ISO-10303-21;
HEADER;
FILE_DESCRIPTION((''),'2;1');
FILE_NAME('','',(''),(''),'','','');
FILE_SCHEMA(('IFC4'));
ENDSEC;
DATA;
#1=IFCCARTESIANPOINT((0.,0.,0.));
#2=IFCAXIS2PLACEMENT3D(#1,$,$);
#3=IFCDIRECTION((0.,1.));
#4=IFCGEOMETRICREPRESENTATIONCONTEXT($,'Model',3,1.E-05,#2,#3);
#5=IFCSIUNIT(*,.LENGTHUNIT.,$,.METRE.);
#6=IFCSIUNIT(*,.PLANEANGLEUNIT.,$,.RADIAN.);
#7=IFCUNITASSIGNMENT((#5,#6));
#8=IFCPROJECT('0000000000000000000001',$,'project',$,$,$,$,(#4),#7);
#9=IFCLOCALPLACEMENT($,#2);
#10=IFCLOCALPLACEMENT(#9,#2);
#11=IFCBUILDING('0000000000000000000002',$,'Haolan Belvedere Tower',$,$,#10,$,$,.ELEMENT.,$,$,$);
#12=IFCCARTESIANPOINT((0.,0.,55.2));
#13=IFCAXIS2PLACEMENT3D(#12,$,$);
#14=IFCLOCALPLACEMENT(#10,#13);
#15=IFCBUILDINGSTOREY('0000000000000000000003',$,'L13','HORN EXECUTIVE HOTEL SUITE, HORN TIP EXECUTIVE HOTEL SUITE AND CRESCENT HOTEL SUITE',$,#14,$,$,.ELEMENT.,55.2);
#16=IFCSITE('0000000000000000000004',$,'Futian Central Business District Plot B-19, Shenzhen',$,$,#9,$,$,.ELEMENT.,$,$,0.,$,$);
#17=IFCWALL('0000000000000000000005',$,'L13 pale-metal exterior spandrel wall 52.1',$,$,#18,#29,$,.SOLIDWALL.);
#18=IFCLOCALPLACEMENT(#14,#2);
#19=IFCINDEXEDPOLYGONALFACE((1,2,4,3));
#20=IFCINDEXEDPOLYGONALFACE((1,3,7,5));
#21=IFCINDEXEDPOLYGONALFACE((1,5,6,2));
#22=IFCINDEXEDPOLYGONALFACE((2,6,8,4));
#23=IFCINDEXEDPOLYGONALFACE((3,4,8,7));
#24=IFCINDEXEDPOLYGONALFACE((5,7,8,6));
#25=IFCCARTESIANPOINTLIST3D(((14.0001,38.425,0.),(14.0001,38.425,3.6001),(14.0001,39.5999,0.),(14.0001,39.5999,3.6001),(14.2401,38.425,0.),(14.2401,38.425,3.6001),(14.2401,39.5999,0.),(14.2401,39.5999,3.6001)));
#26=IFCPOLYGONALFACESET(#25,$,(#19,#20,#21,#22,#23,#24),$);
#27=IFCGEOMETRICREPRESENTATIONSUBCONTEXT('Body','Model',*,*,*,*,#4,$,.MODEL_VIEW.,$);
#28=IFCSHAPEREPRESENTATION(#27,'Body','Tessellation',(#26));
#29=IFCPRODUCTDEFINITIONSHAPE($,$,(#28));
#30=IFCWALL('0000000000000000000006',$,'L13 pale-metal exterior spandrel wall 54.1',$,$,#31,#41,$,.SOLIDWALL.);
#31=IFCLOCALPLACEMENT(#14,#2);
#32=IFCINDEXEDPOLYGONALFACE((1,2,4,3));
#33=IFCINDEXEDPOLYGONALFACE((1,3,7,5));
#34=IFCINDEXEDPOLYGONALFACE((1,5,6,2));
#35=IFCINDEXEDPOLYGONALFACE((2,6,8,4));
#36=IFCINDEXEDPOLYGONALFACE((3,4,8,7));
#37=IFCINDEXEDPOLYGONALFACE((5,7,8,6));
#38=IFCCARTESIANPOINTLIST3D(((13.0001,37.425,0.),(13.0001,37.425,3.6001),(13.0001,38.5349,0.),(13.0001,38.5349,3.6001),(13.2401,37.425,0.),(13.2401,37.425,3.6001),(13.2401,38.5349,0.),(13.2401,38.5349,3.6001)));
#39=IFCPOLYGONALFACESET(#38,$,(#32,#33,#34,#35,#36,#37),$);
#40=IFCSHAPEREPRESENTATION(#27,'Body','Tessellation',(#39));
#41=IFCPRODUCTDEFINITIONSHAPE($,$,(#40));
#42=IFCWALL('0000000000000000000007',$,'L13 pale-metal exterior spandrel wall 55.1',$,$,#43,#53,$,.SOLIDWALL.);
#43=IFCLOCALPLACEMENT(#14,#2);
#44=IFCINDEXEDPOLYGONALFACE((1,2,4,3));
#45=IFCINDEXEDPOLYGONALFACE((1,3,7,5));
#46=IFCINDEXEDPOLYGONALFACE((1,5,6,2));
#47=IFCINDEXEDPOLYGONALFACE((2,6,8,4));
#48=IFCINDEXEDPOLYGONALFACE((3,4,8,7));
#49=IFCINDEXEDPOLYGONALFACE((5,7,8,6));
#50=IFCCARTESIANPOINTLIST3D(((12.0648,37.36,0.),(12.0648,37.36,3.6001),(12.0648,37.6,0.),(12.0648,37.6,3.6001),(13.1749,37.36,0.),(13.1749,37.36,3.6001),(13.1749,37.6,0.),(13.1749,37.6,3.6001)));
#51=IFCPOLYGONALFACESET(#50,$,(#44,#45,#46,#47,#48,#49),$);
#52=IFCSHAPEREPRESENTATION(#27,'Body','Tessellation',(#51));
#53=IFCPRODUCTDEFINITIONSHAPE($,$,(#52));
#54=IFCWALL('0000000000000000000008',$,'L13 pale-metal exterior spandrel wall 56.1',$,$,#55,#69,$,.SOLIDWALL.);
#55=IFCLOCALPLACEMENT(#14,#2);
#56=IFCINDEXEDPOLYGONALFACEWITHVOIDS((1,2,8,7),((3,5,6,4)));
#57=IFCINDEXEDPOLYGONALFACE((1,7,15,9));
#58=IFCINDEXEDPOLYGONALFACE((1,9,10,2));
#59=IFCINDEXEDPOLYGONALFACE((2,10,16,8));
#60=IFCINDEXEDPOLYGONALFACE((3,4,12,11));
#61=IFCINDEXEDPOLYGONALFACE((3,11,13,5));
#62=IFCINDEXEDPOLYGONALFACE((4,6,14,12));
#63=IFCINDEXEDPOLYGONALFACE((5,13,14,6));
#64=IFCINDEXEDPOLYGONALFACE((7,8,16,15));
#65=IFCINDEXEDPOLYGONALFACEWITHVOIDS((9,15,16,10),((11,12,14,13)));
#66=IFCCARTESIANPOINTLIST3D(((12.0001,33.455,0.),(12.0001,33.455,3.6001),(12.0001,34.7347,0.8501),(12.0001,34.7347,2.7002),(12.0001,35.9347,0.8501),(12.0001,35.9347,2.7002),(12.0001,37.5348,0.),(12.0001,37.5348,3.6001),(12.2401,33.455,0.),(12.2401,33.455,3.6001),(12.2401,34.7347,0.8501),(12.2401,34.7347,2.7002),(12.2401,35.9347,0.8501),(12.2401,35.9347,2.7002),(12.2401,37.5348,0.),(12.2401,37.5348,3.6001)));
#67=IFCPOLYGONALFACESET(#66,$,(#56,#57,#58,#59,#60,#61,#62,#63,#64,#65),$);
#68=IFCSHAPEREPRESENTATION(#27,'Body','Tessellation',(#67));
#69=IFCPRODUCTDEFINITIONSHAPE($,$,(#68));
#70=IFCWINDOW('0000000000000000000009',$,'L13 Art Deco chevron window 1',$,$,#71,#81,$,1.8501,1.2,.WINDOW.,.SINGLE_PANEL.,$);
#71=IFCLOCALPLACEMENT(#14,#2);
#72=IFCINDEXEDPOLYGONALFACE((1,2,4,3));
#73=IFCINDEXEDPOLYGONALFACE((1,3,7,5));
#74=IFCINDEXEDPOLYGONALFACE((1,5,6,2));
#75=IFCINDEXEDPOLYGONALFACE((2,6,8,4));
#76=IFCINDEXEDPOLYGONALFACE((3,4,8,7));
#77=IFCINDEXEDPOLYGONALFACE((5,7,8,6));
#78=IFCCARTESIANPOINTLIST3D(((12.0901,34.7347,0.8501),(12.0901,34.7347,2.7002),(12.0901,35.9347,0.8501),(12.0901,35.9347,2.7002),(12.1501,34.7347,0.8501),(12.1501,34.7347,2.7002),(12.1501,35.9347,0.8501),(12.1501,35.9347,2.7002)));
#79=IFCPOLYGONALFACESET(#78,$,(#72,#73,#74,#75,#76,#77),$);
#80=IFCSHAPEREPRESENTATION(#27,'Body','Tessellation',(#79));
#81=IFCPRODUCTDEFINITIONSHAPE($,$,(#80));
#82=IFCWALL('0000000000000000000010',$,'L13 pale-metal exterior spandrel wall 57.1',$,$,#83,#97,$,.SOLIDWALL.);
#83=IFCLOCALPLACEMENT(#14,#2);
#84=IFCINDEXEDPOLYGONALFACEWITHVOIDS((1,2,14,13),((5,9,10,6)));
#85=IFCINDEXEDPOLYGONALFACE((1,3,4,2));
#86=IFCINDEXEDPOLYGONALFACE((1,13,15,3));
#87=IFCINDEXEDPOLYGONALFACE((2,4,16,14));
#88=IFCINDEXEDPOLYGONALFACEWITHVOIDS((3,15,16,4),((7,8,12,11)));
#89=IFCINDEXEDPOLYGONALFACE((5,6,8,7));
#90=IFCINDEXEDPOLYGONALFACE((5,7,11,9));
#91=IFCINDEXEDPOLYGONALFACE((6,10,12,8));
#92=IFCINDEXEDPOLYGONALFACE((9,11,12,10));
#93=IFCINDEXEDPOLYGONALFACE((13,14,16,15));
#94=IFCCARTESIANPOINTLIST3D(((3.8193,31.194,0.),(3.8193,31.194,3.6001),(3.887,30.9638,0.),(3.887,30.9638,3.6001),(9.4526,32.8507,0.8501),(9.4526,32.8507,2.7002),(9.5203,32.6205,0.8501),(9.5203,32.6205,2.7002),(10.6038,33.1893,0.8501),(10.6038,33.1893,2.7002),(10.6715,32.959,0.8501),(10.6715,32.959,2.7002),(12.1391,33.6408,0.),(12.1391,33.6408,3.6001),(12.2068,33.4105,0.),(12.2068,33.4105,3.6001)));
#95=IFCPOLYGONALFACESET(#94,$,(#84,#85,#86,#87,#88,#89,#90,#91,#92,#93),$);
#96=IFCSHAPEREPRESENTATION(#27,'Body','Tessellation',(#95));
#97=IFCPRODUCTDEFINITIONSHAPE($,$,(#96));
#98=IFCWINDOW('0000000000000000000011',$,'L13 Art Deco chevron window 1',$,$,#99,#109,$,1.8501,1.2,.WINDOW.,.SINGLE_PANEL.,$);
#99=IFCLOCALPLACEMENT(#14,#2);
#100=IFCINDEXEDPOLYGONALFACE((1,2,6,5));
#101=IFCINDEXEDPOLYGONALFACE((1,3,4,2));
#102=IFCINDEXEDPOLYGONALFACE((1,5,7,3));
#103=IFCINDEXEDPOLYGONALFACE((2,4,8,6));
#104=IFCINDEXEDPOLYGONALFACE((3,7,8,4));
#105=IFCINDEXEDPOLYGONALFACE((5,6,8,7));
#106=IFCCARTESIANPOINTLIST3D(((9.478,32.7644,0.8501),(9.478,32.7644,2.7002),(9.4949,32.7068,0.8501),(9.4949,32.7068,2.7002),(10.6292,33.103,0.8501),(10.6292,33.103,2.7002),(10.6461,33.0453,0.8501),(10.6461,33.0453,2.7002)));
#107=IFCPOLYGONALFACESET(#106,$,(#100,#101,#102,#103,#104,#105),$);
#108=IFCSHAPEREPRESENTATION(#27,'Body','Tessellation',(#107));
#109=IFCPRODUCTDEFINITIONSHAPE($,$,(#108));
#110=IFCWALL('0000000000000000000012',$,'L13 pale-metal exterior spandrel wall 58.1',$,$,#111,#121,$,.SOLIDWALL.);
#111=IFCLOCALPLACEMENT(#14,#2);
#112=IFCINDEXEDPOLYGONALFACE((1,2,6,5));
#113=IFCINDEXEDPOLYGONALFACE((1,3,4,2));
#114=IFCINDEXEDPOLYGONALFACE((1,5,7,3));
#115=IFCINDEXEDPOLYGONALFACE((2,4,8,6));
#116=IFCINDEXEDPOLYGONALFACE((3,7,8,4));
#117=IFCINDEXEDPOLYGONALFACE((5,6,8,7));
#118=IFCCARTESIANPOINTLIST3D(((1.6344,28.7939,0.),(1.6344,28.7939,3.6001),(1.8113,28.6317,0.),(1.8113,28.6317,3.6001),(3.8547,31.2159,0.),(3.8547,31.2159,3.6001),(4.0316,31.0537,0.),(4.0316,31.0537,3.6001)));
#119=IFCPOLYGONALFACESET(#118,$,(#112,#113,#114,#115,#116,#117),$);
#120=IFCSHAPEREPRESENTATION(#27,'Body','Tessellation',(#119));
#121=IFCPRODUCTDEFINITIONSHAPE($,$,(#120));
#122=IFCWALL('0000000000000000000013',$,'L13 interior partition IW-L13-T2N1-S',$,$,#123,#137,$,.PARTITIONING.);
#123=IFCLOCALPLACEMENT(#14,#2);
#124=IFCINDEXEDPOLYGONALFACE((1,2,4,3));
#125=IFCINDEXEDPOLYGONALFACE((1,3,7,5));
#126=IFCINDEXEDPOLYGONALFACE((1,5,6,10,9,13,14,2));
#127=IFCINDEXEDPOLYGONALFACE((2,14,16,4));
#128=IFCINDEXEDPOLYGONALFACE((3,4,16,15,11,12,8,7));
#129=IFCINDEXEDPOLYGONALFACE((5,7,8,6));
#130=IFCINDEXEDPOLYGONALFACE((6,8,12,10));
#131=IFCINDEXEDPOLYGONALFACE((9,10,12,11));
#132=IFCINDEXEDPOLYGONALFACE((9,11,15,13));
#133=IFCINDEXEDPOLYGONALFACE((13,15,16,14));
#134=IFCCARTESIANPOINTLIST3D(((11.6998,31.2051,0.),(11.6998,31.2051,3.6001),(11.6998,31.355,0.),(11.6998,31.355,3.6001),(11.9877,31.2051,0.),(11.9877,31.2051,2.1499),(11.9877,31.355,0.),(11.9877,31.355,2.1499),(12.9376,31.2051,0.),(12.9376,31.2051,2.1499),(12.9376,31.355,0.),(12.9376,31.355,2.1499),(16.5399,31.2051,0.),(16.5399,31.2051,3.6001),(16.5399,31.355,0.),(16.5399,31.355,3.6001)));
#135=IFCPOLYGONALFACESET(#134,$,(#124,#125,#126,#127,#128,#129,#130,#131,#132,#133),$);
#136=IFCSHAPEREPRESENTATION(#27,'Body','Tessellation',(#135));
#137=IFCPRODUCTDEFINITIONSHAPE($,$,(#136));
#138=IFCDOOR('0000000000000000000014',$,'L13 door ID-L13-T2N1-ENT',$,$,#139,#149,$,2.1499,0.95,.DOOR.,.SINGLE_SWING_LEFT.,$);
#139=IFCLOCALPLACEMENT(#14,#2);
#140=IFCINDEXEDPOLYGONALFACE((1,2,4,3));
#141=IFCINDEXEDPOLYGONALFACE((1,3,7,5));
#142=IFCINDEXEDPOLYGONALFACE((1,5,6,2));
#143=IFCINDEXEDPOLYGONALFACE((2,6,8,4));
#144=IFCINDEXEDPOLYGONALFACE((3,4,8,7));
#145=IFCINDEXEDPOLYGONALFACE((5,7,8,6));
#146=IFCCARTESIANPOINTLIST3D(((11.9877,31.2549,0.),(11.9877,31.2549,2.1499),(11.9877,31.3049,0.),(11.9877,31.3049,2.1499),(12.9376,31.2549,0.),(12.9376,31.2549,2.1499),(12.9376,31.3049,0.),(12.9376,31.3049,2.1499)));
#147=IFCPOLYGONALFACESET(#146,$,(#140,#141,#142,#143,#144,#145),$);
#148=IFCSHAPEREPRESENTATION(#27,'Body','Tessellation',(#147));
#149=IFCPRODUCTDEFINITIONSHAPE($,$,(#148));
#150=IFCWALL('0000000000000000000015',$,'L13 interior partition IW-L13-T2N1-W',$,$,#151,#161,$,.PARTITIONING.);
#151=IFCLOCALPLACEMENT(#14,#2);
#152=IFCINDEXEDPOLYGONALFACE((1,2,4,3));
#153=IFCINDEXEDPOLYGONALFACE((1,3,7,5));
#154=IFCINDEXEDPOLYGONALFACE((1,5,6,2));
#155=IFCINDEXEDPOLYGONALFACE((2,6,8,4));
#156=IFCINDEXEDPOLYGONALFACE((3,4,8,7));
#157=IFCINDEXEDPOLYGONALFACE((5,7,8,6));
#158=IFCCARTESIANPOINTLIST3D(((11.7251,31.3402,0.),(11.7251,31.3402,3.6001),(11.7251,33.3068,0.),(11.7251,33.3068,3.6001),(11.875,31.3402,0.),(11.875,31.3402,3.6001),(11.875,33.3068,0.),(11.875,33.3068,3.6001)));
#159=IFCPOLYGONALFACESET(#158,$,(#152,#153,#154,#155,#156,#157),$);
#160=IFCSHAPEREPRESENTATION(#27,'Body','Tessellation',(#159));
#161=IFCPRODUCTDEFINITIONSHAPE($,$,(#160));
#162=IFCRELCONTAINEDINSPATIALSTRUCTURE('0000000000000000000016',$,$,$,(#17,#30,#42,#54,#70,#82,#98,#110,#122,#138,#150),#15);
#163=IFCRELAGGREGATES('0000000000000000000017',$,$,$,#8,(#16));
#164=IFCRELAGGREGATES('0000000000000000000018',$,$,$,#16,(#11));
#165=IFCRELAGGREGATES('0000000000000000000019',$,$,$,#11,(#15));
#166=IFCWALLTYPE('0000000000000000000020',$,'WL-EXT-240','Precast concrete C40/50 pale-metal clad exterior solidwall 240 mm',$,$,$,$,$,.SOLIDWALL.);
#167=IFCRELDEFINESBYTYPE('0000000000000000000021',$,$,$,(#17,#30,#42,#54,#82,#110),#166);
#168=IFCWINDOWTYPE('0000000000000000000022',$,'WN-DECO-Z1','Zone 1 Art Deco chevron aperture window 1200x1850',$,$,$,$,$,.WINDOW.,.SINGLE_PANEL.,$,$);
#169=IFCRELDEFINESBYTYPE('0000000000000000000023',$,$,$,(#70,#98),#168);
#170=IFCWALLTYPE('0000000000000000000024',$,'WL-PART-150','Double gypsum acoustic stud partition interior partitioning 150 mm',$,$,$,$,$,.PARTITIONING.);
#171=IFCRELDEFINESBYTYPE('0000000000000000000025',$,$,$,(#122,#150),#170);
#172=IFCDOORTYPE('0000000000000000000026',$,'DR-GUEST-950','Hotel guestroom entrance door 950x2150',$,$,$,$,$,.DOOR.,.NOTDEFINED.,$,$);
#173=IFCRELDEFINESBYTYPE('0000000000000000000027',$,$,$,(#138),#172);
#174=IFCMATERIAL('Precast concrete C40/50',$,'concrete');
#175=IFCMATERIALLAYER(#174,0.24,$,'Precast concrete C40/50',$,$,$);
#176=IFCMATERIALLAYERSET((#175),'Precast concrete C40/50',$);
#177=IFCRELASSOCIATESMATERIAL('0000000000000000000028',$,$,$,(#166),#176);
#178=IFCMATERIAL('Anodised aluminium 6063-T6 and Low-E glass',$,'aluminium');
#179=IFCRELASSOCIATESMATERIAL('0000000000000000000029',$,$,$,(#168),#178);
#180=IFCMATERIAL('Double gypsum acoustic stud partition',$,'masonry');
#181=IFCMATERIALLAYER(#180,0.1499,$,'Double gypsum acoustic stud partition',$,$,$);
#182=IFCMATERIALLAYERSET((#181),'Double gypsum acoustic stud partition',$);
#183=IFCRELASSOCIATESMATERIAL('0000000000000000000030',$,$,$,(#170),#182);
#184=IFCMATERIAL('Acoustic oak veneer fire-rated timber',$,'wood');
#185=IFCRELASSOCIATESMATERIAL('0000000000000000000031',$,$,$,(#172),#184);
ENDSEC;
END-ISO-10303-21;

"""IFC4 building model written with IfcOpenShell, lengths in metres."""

from ifc_helpers import new_model, si_unit, direction, frame, frame_2d, origin, place, context, subcontext, project, spatial, rectangle, extrude, material, layer, layer_set, type_object, element, fill, save


model = new_model("IFC4")

# Units and contexts
model_context = context("Model", 3, precision=1e-05, world=origin(), true_north=direction((0.0, 1.0)))
body_context = subcontext(model_context, "Body", "Model", "MODEL_VIEW")
ifc_project = project(units=[si_unit("LENGTHUNIT", "METRE"), si_unit("PLANEANGLEUNIT", "RADIAN")], contexts=[model_context])

# Site, building, storey
site_placement = place(None, origin())
site = spatial("IfcSite", under=ifc_project, at=site_placement, Name="Futian Central Business District Plot B-19, Shenzhen", CompositionType="ELEMENT", RefElevation=0.0)
building_placement = place(site_placement, origin())
building = spatial("IfcBuilding", under=site, at=building_placement, Name="Haolan Belvedere Tower", CompositionType="ELEMENT")
storey_placement = place(building_placement, frame((0.0, 0.0, 55.2)))
storey = spatial("IfcBuildingStorey", under=building, at=storey_placement, Name="L13", Description="HORN EXECUTIVE HOTEL SUITE, HORN TIP EXECUTIVE HOTEL SUITE AND CRESCENT HOTEL SUITE", CompositionType="ELEMENT", Elevation=55.2)

# Walls
ifc_material_1 = material(Name="Precast concrete C40/50", Category="concrete")
ifc_layer_1 = layer(ifc_material_1, 0.24, Name="Precast concrete C40/50")
ifc_layer_set_1 = layer_set([ifc_layer_1], Name="Precast concrete C40/50")
wall_type_1 = type_object("IfcWallType", Name="WL-EXT-240", Description="Precast concrete C40/50 pale-metal clad exterior solidwall 240 mm", PredefinedType="SOLIDWALL", material=ifc_layer_set_1)
wall_1_placement = place(storey_placement, frame((14.1201, 39.5999, 0.0), z_axis=(0.0, 0.0, 1.0), x_axis=(0.0, -1.0, 0.0)))
element("IfcWall", 1, at=wall_1_placement, inside=storey, type_object=wall_type_1, Name="L13 pale-metal exterior spandrel wall 52.1", PredefinedType="SOLIDWALL", context=body_context, shape_type="SweptSolid", body=[
    extrude(rectangle(XDim=1.1748, YDim=0.24, at=frame_2d((0.5874, 0.0))), origin(), (0.0, 0.0, 1.0), 3.6001),
])
wall_2_placement = place(storey_placement, frame((13.1201, 38.5349, 0.0), z_axis=(0.0, 0.0, 1.0), x_axis=(0.0, -1.0, 0.0)))
element("IfcWall", 2, at=wall_2_placement, inside=storey, type_object=wall_type_1, Name="L13 pale-metal exterior spandrel wall 54.1", PredefinedType="SOLIDWALL", context=body_context, shape_type="SweptSolid", body=[
    extrude(rectangle(XDim=1.1099, YDim=0.24, at=frame_2d((0.5549, 0.0))), origin(), (0.0, 0.0, 1.0), 3.6001),
])
wall_3_placement = place(storey_placement, frame((13.175, 37.48, 0.0), z_axis=(0.0, 0.0, 1.0), x_axis=(-1.0, 0.0, 0.0)))
element("IfcWall", 3, at=wall_3_placement, inside=storey, type_object=wall_type_1, Name="L13 pale-metal exterior spandrel wall 55.1", PredefinedType="SOLIDWALL", context=body_context, shape_type="SweptSolid", body=[
    extrude(rectangle(XDim=1.1101, YDim=0.24, at=frame_2d((0.5552, 0.0))), origin(), (0.0, 0.0, 1.0), 3.6001),
])

# Walls, openings, windows
wall_4_placement = place(storey_placement, frame((12.1201, 37.5349, 0.0), z_axis=(0.0, 0.0, 1.0), x_axis=(0.0, -1.0, 0.0)))
wall_4 = element("IfcWall", 4, at=wall_4_placement, inside=storey, type_object=wall_type_1, Name="L13 pale-metal exterior spandrel wall 56.1", PredefinedType="SOLIDWALL", context=body_context, shape_type="SweptSolid", body=[
    extrude(rectangle(XDim=4.0798, YDim=0.24, at=frame_2d((2.04, 0.0))), origin(), (0.0, 0.0, 1.0), 3.6001),
])
opening_1_placement = place(wall_4_placement, frame((1.6001, 0.0, 0.8501)))
opening_1 = element("IfcOpeningElement", 5, at=opening_1_placement, cuts=wall_4, PredefinedType="OPENING", context=body_context, shape_type="SweptSolid", body=[
    extrude(rectangle(XDim=1.2, YDim=1.8501, at=frame_2d((0.6001, 0.925))), frame((0.0, 0.1299, 0.0), z_axis=(0.0, -1.0, 0.0), x_axis=(1.0, 0.0, 0.0)), (0.0, 0.0, 1.0), 0.26),
])
ifc_material_2 = material(Name="Anodised aluminium 6063-T6 and Low-E glass", Category="aluminium")
window_type = type_object("IfcWindowType", Name="WN-DECO-Z1", Description="Zone 1 Art Deco chevron aperture window 1200x1850", PartitioningType="SINGLE_PANEL", PredefinedType="WINDOW", material=ifc_material_2)
window_1_placement = place(opening_1_placement, origin())
window_1 = element("IfcWindow", 6, at=window_1_placement, inside=storey, type_object=window_type, Name="L13 Art Deco chevron window 1", OverallHeight=1.8501, OverallWidth=1.2, PartitioningType="SINGLE_PANEL", PredefinedType="WINDOW", context=body_context, shape_type="SweptSolid", body=[
    extrude(rectangle(XDim=1.2, YDim=1.8501, at=frame_2d((0.6001, 0.925))), frame((0.0, 0.03, 0.0), z_axis=(0.0, -1.0, 0.0), x_axis=(1.0, 0.0, 0.0)), (0.0, 0.0, 1.0), 0.0601),
])
fill(opening_1, window_1)
wall_5_placement = place(storey_placement, frame((12.1729, 33.5256, 0.0), z_axis=(0.0, 0.0, 1.0), x_axis=(-0.959373, -0.282142, 0.0)))
wall_5 = element("IfcWall", 7, at=wall_5_placement, inside=storey, type_object=wall_type_1, Name="L13 pale-metal exterior spandrel wall 57.1", PredefinedType="SOLIDWALL", context=body_context, shape_type="SweptSolid", body=[
    extrude(rectangle(XDim=8.6721, YDim=0.24, at=frame_2d((4.3359, 0.0))), origin(), (0.0, 0.0, 1.0), 3.6001),
])
opening_2_placement = place(wall_5_placement, frame((1.6001, 0.0, 0.8501)))
opening_2 = element("IfcOpeningElement", 8, at=opening_2_placement, cuts=wall_5, PredefinedType="OPENING", context=body_context, shape_type="SweptSolid", body=[
    extrude(rectangle(XDim=1.2, YDim=1.8501, at=frame_2d((0.6001, 0.925))), frame((0.0, 0.1299, 0.0), z_axis=(0.0, -1.0, 0.0), x_axis=(1.0, 0.0, 0.0)), (0.0, 0.0, 1.0), 0.26),
])
window_2_placement = place(opening_2_placement, origin())
window_2 = element("IfcWindow", 9, at=window_2_placement, inside=storey, type_object=window_type, Name="L13 Art Deco chevron window 1", OverallHeight=1.8501, OverallWidth=1.2, PartitioningType="SINGLE_PANEL", PredefinedType="WINDOW", context=body_context, shape_type="SweptSolid", body=[
    extrude(rectangle(XDim=1.2, YDim=1.8501, at=frame_2d((0.6001, 0.925))), frame((0.0, 0.03, 0.0), z_axis=(0.0, -1.0, 0.0), x_axis=(1.0, 0.0, 0.0)), (0.0, 0.0, 1.0), 0.0601),
])
fill(opening_2, window_2)

# Wall
wall_6_placement = place(storey_placement, frame((3.9431, 31.1348, 0.0), z_axis=(0.0, 0.0, 1.0), x_axis=(-0.675752, -0.737129, 0.0)))
element("IfcWall", 10, at=wall_6_placement, inside=storey, type_object=wall_type_1, Name="L13 pale-metal exterior spandrel wall 58.1", PredefinedType="SOLIDWALL", context=body_context, shape_type="SweptSolid", body=[
    extrude(rectangle(XDim=3.2856, YDim=0.24, at=frame_2d((1.6428, 0.0))), origin(), (0.0, 0.0, 1.0), 3.6001),
])

# Wall, opening, door
ifc_material_3 = material(Name="Double gypsum acoustic stud partition", Category="masonry")
ifc_layer_2 = layer(ifc_material_3, 0.1499, Name="Double gypsum acoustic stud partition")
ifc_layer_set_2 = layer_set([ifc_layer_2], Name="Double gypsum acoustic stud partition")
wall_type_2 = type_object("IfcWallType", Name="WL-PART-150", Description="Double gypsum acoustic stud partition interior partitioning 150 mm", PredefinedType="PARTITIONING", material=ifc_layer_set_2)
wall_7_placement = place(storey_placement, frame((11.7, 31.28, 0.0), z_axis=(0.0, 0.0, 1.0), x_axis=(1.0, 0.0, 0.0)))
wall_7 = element("IfcWall", 11, at=wall_7_placement, inside=storey, type_object=wall_type_2, Name="L13 interior partition IW-L13-T2N1-S", PredefinedType="PARTITIONING", context=body_context, shape_type="SweptSolid", body=[
    extrude(rectangle(XDim=4.8401, YDim=0.1499, at=frame_2d((2.4199, 0.0))), origin(), (0.0, 0.0, 1.0), 3.6001),
])
opening_3_placement = place(wall_7_placement, frame((0.2876, 0.0, 0.0)))
opening_3 = element("IfcOpeningElement", 12, at=opening_3_placement, cuts=wall_7, PredefinedType="OPENING", context=body_context, shape_type="SweptSolid", body=[
    extrude(rectangle(XDim=0.95, YDim=2.1499, at=frame_2d((0.4751, 1.075))), frame((0.0, 0.085, 0.0), z_axis=(0.0, -1.0, 0.0), x_axis=(1.0, 0.0, 0.0)), (0.0, 0.0, 1.0), 0.1699),
])
ifc_material_4 = material(Name="Acoustic oak veneer fire-rated timber", Category="wood")
door_type_1 = type_object("IfcDoorType", Name="DR-GUEST-950", Description="Hotel guestroom entrance door 950x2150", OperationType="NOTDEFINED", PredefinedType="DOOR", material=ifc_material_4)
door_1_placement = place(opening_3_placement, origin())
door_1 = element("IfcDoor", 13, at=door_1_placement, inside=storey, type_object=door_type_1, Name="L13 door ID-L13-T2N1-ENT", OperationType="SINGLE_SWING_LEFT", OverallHeight=2.1499, OverallWidth=0.95, PredefinedType="DOOR", context=body_context, shape_type="SweptSolid", body=[
    extrude(rectangle(XDim=0.95, YDim=2.1499, at=frame_2d((0.4751, 1.075))), frame((0.0, 0.0249, 0.0), z_axis=(0.0, -1.0, 0.0), x_axis=(1.0, 0.0, 0.0)), (0.0, 0.0, 1.0), 0.05),
])
fill(opening_3, door_1)

# Wall
wall_8_placement = place(storey_placement, frame((11.8, 31.3401, 0.0), z_axis=(0.0, 0.0, 1.0), x_axis=(0.0, 1.0, 0.0)))
element("IfcWall", 14, at=wall_8_placement, inside=storey, type_object=wall_type_2, Name="L13 interior partition IW-L13-T2N1-W", PredefinedType="PARTITIONING", context=body_context, shape_type="SweptSolid", body=[
    extrude(rectangle(XDim=1.9666, YDim=0.1499, at=frame_2d((0.9834, 0.0))), origin(), (0.0, 0.0, 1.0), 3.6001),
])

save(model, "model.ifc")
